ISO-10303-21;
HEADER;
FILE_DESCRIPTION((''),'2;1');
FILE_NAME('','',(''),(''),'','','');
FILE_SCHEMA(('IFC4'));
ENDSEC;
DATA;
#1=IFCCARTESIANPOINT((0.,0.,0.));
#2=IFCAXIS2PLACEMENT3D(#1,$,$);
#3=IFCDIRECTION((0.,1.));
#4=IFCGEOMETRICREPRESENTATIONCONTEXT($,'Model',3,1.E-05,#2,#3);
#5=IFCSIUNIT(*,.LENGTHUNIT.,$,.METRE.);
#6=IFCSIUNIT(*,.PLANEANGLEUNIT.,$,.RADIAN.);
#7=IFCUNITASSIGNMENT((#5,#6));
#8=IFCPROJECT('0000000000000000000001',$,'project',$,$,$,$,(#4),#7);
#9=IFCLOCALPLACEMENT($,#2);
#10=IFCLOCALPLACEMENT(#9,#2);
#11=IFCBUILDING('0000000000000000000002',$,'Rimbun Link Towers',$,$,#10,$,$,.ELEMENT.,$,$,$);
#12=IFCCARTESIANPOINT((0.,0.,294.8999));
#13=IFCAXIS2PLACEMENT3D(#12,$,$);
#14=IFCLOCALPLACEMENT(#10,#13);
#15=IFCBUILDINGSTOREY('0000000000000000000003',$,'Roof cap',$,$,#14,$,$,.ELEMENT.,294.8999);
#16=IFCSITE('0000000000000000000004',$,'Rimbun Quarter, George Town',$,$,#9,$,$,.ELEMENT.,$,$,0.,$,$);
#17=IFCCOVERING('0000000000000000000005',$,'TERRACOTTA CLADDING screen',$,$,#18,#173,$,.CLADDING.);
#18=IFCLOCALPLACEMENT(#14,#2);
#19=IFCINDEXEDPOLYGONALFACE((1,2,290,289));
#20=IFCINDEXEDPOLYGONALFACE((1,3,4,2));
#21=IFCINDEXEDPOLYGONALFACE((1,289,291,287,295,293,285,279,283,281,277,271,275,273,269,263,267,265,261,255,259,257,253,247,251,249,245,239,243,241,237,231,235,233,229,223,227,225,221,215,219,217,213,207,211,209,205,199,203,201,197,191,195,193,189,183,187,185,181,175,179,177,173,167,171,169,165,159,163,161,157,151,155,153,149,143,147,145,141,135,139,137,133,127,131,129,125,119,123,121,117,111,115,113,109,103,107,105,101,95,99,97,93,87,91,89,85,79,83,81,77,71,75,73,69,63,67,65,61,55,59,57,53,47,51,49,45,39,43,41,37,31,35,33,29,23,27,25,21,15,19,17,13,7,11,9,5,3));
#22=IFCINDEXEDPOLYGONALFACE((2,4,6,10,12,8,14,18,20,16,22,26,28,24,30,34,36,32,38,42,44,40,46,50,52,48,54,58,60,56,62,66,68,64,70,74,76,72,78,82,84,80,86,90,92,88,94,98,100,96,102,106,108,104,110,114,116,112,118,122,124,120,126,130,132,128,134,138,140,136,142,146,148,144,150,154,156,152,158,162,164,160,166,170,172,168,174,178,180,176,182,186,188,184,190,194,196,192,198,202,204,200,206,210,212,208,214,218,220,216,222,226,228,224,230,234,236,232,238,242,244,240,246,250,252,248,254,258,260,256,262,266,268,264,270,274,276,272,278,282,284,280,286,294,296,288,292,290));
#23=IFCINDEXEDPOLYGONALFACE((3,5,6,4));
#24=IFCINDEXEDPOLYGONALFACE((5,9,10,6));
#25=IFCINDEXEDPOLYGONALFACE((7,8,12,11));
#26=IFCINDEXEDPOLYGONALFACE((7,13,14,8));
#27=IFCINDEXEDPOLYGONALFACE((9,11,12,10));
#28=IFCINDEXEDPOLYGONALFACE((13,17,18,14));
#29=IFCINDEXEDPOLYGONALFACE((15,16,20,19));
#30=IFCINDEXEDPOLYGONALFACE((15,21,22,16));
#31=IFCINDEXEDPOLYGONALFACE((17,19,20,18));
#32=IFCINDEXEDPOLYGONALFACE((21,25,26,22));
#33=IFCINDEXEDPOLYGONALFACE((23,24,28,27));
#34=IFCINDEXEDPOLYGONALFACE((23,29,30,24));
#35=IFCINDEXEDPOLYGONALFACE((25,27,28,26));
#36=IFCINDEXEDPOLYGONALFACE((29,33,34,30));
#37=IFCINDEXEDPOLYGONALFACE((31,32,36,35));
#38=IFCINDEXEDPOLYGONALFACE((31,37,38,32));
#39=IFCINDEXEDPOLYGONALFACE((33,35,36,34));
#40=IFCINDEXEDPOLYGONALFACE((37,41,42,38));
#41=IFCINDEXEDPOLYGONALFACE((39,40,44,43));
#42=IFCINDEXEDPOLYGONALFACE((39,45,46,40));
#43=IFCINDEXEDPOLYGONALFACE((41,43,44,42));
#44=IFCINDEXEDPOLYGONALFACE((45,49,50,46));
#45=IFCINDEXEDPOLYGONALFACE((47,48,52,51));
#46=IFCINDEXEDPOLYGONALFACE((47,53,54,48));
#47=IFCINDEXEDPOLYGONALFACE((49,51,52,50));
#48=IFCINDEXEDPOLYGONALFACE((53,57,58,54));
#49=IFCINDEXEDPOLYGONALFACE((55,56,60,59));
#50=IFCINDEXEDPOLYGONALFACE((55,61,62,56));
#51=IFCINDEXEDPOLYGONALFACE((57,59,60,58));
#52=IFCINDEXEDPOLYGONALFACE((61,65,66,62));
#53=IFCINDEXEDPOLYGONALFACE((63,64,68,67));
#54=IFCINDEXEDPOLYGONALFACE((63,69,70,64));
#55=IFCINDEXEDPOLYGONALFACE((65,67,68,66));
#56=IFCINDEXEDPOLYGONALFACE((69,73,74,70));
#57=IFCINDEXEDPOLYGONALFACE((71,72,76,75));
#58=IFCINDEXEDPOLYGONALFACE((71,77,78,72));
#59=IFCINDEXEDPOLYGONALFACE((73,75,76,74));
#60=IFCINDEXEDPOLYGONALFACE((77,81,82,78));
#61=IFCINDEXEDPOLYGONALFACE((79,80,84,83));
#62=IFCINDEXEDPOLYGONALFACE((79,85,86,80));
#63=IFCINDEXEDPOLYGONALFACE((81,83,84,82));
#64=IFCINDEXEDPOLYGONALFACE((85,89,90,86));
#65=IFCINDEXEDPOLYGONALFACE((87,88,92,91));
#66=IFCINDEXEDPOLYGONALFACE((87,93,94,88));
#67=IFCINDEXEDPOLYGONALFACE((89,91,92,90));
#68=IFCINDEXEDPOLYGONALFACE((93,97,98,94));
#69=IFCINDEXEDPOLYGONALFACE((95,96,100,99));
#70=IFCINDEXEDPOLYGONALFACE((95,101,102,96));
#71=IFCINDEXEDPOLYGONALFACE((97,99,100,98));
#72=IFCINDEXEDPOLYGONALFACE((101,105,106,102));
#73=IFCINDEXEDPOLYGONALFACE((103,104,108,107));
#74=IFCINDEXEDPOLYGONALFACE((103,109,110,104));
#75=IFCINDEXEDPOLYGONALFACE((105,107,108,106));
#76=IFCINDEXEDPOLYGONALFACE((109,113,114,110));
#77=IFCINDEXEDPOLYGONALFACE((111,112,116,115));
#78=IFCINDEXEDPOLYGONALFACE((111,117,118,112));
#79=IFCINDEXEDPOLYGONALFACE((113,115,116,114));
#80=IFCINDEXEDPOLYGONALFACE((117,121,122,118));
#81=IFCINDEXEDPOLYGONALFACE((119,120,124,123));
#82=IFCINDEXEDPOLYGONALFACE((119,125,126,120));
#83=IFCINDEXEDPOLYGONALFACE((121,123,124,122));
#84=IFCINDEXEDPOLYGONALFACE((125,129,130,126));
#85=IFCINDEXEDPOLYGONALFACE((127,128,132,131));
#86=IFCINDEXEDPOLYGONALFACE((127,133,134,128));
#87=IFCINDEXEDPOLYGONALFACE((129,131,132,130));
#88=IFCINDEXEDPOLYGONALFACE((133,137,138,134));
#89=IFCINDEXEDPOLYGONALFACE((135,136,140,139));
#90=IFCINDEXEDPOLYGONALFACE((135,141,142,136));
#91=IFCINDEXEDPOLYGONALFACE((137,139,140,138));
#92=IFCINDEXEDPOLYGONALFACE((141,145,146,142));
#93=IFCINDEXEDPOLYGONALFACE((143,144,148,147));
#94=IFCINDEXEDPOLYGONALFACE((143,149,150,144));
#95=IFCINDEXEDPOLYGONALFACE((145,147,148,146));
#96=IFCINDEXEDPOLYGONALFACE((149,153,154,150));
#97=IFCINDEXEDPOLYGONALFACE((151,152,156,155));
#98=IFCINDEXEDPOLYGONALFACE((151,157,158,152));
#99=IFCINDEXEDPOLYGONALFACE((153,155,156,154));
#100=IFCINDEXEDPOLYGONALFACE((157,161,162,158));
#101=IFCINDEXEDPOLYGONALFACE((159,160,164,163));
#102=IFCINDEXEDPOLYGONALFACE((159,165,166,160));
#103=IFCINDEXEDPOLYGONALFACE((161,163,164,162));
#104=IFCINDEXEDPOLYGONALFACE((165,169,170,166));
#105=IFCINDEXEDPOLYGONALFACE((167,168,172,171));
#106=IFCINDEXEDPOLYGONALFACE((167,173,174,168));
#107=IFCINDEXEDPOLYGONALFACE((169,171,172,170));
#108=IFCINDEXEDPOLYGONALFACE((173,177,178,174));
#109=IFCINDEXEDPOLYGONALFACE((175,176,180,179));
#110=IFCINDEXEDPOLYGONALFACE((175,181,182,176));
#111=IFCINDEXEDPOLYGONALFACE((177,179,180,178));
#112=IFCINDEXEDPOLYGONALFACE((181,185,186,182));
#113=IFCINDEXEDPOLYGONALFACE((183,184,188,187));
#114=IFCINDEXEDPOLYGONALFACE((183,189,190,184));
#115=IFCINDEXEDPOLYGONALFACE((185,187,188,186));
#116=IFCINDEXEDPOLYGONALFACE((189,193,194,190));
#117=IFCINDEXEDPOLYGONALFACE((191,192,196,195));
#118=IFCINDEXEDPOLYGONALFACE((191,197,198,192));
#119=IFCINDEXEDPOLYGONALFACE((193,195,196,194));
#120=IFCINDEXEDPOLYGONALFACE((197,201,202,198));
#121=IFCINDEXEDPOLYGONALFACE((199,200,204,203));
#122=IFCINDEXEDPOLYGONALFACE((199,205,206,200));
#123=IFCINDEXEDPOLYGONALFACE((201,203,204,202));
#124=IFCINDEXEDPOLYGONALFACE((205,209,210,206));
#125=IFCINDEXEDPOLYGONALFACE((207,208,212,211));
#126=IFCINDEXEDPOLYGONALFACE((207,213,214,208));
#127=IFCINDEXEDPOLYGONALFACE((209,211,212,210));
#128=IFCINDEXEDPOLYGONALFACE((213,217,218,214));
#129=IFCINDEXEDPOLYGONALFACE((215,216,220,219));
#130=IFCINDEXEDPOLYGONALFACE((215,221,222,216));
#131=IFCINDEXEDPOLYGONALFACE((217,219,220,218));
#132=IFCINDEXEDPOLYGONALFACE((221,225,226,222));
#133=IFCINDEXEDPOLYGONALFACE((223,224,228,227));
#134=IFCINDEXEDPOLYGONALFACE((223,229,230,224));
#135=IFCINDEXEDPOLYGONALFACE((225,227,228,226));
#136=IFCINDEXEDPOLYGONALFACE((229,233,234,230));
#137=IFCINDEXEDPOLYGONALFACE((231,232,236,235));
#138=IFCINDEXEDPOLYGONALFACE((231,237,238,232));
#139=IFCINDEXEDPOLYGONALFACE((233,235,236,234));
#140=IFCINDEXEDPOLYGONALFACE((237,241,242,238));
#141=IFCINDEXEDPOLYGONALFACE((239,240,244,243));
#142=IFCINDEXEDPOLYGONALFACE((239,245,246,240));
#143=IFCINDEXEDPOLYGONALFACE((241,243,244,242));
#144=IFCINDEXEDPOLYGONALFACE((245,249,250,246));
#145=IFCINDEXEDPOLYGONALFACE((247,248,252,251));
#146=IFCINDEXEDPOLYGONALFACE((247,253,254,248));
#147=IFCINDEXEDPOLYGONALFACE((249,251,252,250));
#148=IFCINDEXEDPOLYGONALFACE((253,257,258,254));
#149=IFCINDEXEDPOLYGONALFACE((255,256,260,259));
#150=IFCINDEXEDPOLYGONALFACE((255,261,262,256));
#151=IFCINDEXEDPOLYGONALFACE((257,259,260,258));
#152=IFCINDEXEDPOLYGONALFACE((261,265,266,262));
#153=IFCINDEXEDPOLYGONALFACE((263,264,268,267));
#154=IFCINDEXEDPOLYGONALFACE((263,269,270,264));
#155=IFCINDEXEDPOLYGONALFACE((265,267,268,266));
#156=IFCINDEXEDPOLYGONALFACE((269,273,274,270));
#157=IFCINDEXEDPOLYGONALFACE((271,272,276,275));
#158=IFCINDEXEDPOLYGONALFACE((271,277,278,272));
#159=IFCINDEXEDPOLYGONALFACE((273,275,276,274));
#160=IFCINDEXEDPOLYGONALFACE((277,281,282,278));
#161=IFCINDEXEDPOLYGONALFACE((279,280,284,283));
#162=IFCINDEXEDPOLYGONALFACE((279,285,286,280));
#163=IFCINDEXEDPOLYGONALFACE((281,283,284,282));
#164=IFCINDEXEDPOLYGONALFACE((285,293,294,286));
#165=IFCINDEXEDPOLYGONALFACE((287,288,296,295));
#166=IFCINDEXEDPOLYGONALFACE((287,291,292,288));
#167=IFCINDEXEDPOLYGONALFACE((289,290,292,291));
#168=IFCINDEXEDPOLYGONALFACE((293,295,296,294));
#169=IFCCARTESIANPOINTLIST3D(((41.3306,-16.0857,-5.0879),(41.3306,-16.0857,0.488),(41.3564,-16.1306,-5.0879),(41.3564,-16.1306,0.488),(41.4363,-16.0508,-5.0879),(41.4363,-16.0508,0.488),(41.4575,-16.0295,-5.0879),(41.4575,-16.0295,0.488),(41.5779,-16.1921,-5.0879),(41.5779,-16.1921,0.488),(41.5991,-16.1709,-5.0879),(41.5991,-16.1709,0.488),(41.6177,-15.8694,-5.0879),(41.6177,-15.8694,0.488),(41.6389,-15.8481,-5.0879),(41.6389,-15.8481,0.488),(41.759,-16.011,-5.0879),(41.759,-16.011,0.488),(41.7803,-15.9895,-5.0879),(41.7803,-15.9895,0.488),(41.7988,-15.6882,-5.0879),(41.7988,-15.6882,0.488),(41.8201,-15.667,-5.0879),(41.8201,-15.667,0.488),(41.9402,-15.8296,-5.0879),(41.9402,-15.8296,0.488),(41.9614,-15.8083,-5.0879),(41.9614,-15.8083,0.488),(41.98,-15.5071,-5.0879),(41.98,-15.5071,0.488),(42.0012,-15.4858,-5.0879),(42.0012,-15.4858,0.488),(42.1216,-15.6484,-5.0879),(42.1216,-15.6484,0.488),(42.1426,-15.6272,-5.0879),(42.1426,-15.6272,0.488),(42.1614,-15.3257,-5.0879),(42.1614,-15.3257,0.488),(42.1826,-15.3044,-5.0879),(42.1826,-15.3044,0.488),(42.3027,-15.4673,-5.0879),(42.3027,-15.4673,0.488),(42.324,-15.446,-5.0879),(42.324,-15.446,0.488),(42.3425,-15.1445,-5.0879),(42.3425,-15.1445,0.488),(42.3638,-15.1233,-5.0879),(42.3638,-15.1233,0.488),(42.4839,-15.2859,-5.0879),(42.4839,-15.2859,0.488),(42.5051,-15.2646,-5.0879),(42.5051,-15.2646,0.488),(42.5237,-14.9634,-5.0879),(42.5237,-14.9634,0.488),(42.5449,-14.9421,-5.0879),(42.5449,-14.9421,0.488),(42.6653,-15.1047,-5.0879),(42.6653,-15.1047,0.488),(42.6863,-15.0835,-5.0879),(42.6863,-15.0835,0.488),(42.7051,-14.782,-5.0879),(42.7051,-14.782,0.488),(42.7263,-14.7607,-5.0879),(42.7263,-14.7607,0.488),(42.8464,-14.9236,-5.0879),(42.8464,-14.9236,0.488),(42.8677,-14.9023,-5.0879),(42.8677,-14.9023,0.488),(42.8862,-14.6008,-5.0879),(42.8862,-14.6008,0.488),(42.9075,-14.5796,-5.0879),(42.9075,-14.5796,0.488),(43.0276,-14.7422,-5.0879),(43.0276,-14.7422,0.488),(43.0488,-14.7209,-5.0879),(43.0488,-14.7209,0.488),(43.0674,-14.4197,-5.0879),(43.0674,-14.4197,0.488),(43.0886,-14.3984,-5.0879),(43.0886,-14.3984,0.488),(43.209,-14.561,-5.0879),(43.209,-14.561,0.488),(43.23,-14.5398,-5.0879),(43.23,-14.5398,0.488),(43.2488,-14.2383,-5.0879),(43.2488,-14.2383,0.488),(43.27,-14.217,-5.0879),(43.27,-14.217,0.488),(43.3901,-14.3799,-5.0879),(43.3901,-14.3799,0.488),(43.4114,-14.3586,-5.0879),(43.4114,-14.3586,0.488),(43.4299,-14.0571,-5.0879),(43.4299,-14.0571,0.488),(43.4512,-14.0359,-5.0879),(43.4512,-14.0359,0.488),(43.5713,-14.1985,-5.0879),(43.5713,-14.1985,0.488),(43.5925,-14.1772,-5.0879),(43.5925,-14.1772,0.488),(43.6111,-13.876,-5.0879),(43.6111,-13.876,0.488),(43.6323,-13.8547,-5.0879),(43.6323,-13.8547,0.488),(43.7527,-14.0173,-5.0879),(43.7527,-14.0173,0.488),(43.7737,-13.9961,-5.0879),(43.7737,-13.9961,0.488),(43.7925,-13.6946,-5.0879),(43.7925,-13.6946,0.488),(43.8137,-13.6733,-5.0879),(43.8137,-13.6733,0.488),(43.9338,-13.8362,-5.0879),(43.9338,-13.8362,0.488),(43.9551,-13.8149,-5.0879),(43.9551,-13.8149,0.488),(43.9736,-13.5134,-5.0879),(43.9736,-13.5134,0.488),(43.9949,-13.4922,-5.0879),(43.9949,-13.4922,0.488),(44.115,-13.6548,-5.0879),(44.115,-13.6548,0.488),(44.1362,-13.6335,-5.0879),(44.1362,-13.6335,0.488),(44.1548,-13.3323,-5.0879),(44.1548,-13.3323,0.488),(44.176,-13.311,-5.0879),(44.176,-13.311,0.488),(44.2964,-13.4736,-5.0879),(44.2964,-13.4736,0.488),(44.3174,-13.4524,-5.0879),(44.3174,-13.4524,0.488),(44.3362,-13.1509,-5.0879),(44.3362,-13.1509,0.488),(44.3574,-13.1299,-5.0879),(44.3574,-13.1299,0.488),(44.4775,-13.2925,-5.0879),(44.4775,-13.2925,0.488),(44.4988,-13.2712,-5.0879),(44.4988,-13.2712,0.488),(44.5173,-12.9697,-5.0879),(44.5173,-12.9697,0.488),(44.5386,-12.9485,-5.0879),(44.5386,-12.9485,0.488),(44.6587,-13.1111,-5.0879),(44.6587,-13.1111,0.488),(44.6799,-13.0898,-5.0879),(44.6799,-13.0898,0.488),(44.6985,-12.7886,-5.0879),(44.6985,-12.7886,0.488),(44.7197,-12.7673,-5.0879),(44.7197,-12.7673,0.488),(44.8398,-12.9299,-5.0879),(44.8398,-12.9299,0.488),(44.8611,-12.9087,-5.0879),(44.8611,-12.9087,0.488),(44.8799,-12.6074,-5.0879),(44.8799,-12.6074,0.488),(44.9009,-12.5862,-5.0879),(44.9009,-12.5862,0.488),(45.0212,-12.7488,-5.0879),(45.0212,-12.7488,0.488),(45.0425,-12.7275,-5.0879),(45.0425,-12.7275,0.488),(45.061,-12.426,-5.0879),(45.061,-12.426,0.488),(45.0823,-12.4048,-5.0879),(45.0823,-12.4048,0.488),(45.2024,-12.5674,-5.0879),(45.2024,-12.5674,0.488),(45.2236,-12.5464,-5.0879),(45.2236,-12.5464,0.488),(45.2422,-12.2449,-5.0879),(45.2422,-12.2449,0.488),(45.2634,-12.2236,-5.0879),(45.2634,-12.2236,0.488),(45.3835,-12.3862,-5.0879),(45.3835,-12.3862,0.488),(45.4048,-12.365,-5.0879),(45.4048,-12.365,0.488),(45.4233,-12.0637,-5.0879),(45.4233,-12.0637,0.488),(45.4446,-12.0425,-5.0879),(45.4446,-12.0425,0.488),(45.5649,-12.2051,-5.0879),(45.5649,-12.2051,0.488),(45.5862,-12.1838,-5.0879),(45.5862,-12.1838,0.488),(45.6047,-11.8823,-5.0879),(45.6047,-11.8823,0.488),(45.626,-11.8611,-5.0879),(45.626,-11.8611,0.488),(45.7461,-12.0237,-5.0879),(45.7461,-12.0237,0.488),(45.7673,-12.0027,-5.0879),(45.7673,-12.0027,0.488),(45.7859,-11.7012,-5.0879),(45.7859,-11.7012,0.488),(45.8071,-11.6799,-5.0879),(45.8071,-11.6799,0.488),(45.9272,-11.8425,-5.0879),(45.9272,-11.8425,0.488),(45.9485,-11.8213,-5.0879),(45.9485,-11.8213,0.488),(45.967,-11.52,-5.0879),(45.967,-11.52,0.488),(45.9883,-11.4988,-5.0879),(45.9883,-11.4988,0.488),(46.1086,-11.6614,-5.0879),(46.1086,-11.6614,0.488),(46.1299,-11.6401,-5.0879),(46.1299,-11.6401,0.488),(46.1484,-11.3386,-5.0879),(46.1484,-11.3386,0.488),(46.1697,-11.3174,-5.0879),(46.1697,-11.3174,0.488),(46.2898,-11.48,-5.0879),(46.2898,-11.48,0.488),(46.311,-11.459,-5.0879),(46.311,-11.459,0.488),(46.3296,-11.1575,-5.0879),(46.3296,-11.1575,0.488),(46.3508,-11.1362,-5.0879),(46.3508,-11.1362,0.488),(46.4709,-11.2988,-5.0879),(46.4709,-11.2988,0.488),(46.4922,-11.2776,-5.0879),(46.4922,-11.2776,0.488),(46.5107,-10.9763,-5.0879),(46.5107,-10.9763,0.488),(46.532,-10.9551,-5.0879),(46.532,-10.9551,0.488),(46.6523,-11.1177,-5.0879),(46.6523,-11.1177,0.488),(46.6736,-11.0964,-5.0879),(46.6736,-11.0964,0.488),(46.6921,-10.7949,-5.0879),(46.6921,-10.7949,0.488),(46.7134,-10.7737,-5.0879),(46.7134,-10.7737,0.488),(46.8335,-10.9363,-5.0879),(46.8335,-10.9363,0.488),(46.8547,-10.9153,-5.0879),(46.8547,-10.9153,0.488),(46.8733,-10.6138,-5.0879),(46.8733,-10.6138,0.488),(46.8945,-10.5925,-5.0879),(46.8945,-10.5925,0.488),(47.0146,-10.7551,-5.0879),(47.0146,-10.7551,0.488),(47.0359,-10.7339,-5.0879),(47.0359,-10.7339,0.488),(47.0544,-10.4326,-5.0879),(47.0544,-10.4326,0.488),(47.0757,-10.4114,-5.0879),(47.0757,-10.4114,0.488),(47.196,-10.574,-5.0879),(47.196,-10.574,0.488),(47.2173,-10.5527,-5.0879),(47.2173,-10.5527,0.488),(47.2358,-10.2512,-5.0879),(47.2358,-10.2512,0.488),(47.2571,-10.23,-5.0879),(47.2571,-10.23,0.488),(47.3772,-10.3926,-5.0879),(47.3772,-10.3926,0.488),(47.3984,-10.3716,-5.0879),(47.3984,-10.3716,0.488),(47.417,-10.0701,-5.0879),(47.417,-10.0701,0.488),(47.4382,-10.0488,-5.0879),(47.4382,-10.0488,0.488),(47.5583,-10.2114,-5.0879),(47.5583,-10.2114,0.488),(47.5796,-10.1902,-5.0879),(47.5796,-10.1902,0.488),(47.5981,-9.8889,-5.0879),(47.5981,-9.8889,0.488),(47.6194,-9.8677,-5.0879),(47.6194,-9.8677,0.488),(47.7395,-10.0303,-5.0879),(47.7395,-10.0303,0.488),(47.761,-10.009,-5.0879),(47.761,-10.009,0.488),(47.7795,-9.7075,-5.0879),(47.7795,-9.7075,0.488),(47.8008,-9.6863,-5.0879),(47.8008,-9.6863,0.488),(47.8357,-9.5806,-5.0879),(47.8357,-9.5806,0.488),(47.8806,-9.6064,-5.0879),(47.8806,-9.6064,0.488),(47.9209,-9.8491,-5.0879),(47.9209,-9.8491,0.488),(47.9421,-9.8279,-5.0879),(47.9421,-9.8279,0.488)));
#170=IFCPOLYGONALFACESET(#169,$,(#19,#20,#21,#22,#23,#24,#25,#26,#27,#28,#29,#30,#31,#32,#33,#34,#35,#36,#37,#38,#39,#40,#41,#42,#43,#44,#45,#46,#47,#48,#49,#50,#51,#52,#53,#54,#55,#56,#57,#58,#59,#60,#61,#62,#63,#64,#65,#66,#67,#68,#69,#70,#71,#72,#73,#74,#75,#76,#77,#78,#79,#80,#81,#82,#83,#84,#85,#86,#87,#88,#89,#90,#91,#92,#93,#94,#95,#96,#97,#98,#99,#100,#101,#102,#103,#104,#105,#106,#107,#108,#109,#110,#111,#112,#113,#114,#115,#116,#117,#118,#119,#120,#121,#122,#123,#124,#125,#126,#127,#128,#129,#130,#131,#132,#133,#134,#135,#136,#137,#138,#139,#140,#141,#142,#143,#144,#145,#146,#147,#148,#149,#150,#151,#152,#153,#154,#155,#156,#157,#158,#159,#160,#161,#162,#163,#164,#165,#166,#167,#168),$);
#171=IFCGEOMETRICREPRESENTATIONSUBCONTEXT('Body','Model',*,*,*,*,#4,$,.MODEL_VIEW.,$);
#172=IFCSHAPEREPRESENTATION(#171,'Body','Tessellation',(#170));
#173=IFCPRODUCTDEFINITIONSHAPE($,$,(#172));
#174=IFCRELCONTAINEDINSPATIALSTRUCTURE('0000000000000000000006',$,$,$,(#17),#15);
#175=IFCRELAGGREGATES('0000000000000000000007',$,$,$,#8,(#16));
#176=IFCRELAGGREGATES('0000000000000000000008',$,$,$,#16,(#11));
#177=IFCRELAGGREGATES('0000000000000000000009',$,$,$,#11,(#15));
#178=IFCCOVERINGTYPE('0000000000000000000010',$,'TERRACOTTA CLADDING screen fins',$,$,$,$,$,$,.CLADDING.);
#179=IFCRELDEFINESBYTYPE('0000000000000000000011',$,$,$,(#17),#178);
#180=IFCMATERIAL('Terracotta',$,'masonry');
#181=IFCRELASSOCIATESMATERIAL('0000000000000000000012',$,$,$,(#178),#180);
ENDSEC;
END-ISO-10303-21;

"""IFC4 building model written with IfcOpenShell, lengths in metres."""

from ifc_helpers import new_model, si_unit, direction, frame, origin, place, context, subcontext, project, spatial, polyline, outline, extrude, material, type_object, element, save


model = new_model("IFC4")

# Units and contexts
model_context = context("Model", 3, precision=1e-05, world=origin(), true_north=direction((0.0, 1.0)))
body_context = subcontext(model_context, "Body", "Model", "MODEL_VIEW")
ifc_project = project(units=[si_unit("LENGTHUNIT", "METRE"), si_unit("PLANEANGLEUNIT", "RADIAN")], contexts=[model_context])

# Site, building, storey
site_placement = place(None, origin())
site = spatial("IfcSite", under=ifc_project, at=site_placement, Name="Rimbun Quarter, George Town", CompositionType="ELEMENT", RefElevation=0.0)
building_placement = place(site_placement, origin())
building = spatial("IfcBuilding", under=site, at=building_placement, Name="Rimbun Link Towers", CompositionType="ELEMENT")
storey_placement = place(building_placement, frame((0.0, 0.0, 294.8999)))
storey = spatial("IfcBuildingStorey", under=building, at=storey_placement, Name="Roof cap", CompositionType="ELEMENT", Elevation=294.8999)

# Covering
ifc_material_1 = material(Name="Terracotta", Category="masonry")
covering_type_1 = type_object("IfcCoveringType", Name="TERRACOTTA CLADDING screen fins", PredefinedType="CLADDING", material=ifc_material_1)
covering_1_placement = place(storey_placement, frame((0.0, 0.0, -5.0879)))
element("IfcCovering", 1, at=covering_1_placement, inside=storey, type_object=covering_type_1, Name="TERRACOTTA CLADDING screen", PredefinedType="CLADDING", context=body_context, shape_type="SweptSolid", body=[
    extrude(outline(polyline([(41.3564, -16.1306), (41.4363, -16.0508), (41.5779, -16.1921), (41.5991, -16.1709), (41.4575, -16.0295), (41.6177, -15.8694), (41.759, -16.011), (41.7803, -15.9895), (41.6389, -15.8481), (41.7988, -15.6882), (41.9402, -15.8296), (41.9614, -15.8083), (41.8201, -15.667), (41.98, -15.5071), (42.1216, -15.6484), (42.1426, -15.6272), (42.0012, -15.4858), (42.1614, -15.3257), (42.3027, -15.4673), (42.324, -15.446), (42.1826, -15.3044), (42.3425, -15.1445), (42.4839, -15.2859), (42.5051, -15.2646), (42.3638, -15.1233), (42.5237, -14.9634), (42.6653, -15.1047), (42.6863, -15.0835), (42.5449, -14.9421), (42.7051, -14.782), (42.8464, -14.9236), (42.8677, -14.9023), (42.7263, -14.7607), (42.8862, -14.6008), (43.0276, -14.7422), (43.0488, -14.7209), (42.9075, -14.5796), (43.0674, -14.4197), (43.209, -14.561), (43.23, -14.5398), (43.0886, -14.3984), (43.2488, -14.2383), (43.3901, -14.3799), (43.4114, -14.3586), (43.27, -14.217), (43.4299, -14.0571), (43.5713, -14.1985), (43.5925, -14.1772), (43.4512, -14.0359), (43.6111, -13.876), (43.7527, -14.0173), (43.7737, -13.9961), (43.6323, -13.8547), (43.7925, -13.6946), (43.9338, -13.8362), (43.9551, -13.8149), (43.8137, -13.6733), (43.9736, -13.5134), (44.115, -13.6548), (44.1362, -13.6335), (43.9949, -13.4922), (44.1548, -13.3323), (44.2964, -13.4736), (44.3174, -13.4524), (44.176, -13.311), (44.3362, -13.1509), (44.4775, -13.2925), (44.4988, -13.2712), (44.3574, -13.1299), (44.5173, -12.9697), (44.6587, -13.1111), (44.6799, -13.0898), (44.5386, -12.9485), (44.6985, -12.7886), (44.8398, -12.9299), (44.8611, -12.9087), (44.7197, -12.7673), (44.8799, -12.6074), (45.0212, -12.7488), (45.0425, -12.7275), (44.9009, -12.5862), (45.061, -12.426), (45.2024, -12.5674), (45.2236, -12.5464), (45.0823, -12.4048), (45.2422, -12.2449), (45.3835, -12.3862), (45.4048, -12.365), (45.2634, -12.2236), (45.4233, -12.0637), (45.5649, -12.2051), (45.5862, -12.1838), (45.4446, -12.0425), (45.6047, -11.8823), (45.7461, -12.0237), (45.7673, -12.0027), (45.626, -11.8611), (45.7859, -11.7012), (45.9272, -11.8425), (45.9485, -11.8213), (45.8071, -11.6799), (45.967, -11.52), (46.1086, -11.6614), (46.1299, -11.6401), (45.9883, -11.4988), (46.1484, -11.3386), (46.2898, -11.48), (46.311, -11.459), (46.1697, -11.3174), (46.3296, -11.1575), (46.4709, -11.2988), (46.4922, -11.2776), (46.3508, -11.1362), (46.5107, -10.9763), (46.6523, -11.1177), (46.6736, -11.0964), (46.532, -10.9551), (46.6921, -10.7949), (46.8335, -10.9363), (46.8547, -10.9153), (46.7134, -10.7737), (46.8733, -10.6138), (47.0146, -10.7551), (47.0359, -10.7339), (46.8945, -10.5925), (47.0544, -10.4326), (47.196, -10.574), (47.2173, -10.5527), (47.0757, -10.4114), (47.2358, -10.2512), (47.3772, -10.3926), (47.3984, -10.3716), (47.2571, -10.23), (47.417, -10.0701), (47.5583, -10.2114), (47.5796, -10.1902), (47.4382, -10.0488), (47.5981, -9.8889), (47.7395, -10.0303), (47.761, -10.009), (47.6194, -9.8677), (47.7795, -9.7075), (47.9209, -9.8491), (47.9421, -9.8279), (47.8008, -9.6863), (47.8806, -9.6064), (47.8357, -9.5806), (41.3306, -16.0857), (41.3564, -16.1306)])), origin(), (0.0, 0.0, 1.0), 5.5759),
])

save(model, "model.ifc")
